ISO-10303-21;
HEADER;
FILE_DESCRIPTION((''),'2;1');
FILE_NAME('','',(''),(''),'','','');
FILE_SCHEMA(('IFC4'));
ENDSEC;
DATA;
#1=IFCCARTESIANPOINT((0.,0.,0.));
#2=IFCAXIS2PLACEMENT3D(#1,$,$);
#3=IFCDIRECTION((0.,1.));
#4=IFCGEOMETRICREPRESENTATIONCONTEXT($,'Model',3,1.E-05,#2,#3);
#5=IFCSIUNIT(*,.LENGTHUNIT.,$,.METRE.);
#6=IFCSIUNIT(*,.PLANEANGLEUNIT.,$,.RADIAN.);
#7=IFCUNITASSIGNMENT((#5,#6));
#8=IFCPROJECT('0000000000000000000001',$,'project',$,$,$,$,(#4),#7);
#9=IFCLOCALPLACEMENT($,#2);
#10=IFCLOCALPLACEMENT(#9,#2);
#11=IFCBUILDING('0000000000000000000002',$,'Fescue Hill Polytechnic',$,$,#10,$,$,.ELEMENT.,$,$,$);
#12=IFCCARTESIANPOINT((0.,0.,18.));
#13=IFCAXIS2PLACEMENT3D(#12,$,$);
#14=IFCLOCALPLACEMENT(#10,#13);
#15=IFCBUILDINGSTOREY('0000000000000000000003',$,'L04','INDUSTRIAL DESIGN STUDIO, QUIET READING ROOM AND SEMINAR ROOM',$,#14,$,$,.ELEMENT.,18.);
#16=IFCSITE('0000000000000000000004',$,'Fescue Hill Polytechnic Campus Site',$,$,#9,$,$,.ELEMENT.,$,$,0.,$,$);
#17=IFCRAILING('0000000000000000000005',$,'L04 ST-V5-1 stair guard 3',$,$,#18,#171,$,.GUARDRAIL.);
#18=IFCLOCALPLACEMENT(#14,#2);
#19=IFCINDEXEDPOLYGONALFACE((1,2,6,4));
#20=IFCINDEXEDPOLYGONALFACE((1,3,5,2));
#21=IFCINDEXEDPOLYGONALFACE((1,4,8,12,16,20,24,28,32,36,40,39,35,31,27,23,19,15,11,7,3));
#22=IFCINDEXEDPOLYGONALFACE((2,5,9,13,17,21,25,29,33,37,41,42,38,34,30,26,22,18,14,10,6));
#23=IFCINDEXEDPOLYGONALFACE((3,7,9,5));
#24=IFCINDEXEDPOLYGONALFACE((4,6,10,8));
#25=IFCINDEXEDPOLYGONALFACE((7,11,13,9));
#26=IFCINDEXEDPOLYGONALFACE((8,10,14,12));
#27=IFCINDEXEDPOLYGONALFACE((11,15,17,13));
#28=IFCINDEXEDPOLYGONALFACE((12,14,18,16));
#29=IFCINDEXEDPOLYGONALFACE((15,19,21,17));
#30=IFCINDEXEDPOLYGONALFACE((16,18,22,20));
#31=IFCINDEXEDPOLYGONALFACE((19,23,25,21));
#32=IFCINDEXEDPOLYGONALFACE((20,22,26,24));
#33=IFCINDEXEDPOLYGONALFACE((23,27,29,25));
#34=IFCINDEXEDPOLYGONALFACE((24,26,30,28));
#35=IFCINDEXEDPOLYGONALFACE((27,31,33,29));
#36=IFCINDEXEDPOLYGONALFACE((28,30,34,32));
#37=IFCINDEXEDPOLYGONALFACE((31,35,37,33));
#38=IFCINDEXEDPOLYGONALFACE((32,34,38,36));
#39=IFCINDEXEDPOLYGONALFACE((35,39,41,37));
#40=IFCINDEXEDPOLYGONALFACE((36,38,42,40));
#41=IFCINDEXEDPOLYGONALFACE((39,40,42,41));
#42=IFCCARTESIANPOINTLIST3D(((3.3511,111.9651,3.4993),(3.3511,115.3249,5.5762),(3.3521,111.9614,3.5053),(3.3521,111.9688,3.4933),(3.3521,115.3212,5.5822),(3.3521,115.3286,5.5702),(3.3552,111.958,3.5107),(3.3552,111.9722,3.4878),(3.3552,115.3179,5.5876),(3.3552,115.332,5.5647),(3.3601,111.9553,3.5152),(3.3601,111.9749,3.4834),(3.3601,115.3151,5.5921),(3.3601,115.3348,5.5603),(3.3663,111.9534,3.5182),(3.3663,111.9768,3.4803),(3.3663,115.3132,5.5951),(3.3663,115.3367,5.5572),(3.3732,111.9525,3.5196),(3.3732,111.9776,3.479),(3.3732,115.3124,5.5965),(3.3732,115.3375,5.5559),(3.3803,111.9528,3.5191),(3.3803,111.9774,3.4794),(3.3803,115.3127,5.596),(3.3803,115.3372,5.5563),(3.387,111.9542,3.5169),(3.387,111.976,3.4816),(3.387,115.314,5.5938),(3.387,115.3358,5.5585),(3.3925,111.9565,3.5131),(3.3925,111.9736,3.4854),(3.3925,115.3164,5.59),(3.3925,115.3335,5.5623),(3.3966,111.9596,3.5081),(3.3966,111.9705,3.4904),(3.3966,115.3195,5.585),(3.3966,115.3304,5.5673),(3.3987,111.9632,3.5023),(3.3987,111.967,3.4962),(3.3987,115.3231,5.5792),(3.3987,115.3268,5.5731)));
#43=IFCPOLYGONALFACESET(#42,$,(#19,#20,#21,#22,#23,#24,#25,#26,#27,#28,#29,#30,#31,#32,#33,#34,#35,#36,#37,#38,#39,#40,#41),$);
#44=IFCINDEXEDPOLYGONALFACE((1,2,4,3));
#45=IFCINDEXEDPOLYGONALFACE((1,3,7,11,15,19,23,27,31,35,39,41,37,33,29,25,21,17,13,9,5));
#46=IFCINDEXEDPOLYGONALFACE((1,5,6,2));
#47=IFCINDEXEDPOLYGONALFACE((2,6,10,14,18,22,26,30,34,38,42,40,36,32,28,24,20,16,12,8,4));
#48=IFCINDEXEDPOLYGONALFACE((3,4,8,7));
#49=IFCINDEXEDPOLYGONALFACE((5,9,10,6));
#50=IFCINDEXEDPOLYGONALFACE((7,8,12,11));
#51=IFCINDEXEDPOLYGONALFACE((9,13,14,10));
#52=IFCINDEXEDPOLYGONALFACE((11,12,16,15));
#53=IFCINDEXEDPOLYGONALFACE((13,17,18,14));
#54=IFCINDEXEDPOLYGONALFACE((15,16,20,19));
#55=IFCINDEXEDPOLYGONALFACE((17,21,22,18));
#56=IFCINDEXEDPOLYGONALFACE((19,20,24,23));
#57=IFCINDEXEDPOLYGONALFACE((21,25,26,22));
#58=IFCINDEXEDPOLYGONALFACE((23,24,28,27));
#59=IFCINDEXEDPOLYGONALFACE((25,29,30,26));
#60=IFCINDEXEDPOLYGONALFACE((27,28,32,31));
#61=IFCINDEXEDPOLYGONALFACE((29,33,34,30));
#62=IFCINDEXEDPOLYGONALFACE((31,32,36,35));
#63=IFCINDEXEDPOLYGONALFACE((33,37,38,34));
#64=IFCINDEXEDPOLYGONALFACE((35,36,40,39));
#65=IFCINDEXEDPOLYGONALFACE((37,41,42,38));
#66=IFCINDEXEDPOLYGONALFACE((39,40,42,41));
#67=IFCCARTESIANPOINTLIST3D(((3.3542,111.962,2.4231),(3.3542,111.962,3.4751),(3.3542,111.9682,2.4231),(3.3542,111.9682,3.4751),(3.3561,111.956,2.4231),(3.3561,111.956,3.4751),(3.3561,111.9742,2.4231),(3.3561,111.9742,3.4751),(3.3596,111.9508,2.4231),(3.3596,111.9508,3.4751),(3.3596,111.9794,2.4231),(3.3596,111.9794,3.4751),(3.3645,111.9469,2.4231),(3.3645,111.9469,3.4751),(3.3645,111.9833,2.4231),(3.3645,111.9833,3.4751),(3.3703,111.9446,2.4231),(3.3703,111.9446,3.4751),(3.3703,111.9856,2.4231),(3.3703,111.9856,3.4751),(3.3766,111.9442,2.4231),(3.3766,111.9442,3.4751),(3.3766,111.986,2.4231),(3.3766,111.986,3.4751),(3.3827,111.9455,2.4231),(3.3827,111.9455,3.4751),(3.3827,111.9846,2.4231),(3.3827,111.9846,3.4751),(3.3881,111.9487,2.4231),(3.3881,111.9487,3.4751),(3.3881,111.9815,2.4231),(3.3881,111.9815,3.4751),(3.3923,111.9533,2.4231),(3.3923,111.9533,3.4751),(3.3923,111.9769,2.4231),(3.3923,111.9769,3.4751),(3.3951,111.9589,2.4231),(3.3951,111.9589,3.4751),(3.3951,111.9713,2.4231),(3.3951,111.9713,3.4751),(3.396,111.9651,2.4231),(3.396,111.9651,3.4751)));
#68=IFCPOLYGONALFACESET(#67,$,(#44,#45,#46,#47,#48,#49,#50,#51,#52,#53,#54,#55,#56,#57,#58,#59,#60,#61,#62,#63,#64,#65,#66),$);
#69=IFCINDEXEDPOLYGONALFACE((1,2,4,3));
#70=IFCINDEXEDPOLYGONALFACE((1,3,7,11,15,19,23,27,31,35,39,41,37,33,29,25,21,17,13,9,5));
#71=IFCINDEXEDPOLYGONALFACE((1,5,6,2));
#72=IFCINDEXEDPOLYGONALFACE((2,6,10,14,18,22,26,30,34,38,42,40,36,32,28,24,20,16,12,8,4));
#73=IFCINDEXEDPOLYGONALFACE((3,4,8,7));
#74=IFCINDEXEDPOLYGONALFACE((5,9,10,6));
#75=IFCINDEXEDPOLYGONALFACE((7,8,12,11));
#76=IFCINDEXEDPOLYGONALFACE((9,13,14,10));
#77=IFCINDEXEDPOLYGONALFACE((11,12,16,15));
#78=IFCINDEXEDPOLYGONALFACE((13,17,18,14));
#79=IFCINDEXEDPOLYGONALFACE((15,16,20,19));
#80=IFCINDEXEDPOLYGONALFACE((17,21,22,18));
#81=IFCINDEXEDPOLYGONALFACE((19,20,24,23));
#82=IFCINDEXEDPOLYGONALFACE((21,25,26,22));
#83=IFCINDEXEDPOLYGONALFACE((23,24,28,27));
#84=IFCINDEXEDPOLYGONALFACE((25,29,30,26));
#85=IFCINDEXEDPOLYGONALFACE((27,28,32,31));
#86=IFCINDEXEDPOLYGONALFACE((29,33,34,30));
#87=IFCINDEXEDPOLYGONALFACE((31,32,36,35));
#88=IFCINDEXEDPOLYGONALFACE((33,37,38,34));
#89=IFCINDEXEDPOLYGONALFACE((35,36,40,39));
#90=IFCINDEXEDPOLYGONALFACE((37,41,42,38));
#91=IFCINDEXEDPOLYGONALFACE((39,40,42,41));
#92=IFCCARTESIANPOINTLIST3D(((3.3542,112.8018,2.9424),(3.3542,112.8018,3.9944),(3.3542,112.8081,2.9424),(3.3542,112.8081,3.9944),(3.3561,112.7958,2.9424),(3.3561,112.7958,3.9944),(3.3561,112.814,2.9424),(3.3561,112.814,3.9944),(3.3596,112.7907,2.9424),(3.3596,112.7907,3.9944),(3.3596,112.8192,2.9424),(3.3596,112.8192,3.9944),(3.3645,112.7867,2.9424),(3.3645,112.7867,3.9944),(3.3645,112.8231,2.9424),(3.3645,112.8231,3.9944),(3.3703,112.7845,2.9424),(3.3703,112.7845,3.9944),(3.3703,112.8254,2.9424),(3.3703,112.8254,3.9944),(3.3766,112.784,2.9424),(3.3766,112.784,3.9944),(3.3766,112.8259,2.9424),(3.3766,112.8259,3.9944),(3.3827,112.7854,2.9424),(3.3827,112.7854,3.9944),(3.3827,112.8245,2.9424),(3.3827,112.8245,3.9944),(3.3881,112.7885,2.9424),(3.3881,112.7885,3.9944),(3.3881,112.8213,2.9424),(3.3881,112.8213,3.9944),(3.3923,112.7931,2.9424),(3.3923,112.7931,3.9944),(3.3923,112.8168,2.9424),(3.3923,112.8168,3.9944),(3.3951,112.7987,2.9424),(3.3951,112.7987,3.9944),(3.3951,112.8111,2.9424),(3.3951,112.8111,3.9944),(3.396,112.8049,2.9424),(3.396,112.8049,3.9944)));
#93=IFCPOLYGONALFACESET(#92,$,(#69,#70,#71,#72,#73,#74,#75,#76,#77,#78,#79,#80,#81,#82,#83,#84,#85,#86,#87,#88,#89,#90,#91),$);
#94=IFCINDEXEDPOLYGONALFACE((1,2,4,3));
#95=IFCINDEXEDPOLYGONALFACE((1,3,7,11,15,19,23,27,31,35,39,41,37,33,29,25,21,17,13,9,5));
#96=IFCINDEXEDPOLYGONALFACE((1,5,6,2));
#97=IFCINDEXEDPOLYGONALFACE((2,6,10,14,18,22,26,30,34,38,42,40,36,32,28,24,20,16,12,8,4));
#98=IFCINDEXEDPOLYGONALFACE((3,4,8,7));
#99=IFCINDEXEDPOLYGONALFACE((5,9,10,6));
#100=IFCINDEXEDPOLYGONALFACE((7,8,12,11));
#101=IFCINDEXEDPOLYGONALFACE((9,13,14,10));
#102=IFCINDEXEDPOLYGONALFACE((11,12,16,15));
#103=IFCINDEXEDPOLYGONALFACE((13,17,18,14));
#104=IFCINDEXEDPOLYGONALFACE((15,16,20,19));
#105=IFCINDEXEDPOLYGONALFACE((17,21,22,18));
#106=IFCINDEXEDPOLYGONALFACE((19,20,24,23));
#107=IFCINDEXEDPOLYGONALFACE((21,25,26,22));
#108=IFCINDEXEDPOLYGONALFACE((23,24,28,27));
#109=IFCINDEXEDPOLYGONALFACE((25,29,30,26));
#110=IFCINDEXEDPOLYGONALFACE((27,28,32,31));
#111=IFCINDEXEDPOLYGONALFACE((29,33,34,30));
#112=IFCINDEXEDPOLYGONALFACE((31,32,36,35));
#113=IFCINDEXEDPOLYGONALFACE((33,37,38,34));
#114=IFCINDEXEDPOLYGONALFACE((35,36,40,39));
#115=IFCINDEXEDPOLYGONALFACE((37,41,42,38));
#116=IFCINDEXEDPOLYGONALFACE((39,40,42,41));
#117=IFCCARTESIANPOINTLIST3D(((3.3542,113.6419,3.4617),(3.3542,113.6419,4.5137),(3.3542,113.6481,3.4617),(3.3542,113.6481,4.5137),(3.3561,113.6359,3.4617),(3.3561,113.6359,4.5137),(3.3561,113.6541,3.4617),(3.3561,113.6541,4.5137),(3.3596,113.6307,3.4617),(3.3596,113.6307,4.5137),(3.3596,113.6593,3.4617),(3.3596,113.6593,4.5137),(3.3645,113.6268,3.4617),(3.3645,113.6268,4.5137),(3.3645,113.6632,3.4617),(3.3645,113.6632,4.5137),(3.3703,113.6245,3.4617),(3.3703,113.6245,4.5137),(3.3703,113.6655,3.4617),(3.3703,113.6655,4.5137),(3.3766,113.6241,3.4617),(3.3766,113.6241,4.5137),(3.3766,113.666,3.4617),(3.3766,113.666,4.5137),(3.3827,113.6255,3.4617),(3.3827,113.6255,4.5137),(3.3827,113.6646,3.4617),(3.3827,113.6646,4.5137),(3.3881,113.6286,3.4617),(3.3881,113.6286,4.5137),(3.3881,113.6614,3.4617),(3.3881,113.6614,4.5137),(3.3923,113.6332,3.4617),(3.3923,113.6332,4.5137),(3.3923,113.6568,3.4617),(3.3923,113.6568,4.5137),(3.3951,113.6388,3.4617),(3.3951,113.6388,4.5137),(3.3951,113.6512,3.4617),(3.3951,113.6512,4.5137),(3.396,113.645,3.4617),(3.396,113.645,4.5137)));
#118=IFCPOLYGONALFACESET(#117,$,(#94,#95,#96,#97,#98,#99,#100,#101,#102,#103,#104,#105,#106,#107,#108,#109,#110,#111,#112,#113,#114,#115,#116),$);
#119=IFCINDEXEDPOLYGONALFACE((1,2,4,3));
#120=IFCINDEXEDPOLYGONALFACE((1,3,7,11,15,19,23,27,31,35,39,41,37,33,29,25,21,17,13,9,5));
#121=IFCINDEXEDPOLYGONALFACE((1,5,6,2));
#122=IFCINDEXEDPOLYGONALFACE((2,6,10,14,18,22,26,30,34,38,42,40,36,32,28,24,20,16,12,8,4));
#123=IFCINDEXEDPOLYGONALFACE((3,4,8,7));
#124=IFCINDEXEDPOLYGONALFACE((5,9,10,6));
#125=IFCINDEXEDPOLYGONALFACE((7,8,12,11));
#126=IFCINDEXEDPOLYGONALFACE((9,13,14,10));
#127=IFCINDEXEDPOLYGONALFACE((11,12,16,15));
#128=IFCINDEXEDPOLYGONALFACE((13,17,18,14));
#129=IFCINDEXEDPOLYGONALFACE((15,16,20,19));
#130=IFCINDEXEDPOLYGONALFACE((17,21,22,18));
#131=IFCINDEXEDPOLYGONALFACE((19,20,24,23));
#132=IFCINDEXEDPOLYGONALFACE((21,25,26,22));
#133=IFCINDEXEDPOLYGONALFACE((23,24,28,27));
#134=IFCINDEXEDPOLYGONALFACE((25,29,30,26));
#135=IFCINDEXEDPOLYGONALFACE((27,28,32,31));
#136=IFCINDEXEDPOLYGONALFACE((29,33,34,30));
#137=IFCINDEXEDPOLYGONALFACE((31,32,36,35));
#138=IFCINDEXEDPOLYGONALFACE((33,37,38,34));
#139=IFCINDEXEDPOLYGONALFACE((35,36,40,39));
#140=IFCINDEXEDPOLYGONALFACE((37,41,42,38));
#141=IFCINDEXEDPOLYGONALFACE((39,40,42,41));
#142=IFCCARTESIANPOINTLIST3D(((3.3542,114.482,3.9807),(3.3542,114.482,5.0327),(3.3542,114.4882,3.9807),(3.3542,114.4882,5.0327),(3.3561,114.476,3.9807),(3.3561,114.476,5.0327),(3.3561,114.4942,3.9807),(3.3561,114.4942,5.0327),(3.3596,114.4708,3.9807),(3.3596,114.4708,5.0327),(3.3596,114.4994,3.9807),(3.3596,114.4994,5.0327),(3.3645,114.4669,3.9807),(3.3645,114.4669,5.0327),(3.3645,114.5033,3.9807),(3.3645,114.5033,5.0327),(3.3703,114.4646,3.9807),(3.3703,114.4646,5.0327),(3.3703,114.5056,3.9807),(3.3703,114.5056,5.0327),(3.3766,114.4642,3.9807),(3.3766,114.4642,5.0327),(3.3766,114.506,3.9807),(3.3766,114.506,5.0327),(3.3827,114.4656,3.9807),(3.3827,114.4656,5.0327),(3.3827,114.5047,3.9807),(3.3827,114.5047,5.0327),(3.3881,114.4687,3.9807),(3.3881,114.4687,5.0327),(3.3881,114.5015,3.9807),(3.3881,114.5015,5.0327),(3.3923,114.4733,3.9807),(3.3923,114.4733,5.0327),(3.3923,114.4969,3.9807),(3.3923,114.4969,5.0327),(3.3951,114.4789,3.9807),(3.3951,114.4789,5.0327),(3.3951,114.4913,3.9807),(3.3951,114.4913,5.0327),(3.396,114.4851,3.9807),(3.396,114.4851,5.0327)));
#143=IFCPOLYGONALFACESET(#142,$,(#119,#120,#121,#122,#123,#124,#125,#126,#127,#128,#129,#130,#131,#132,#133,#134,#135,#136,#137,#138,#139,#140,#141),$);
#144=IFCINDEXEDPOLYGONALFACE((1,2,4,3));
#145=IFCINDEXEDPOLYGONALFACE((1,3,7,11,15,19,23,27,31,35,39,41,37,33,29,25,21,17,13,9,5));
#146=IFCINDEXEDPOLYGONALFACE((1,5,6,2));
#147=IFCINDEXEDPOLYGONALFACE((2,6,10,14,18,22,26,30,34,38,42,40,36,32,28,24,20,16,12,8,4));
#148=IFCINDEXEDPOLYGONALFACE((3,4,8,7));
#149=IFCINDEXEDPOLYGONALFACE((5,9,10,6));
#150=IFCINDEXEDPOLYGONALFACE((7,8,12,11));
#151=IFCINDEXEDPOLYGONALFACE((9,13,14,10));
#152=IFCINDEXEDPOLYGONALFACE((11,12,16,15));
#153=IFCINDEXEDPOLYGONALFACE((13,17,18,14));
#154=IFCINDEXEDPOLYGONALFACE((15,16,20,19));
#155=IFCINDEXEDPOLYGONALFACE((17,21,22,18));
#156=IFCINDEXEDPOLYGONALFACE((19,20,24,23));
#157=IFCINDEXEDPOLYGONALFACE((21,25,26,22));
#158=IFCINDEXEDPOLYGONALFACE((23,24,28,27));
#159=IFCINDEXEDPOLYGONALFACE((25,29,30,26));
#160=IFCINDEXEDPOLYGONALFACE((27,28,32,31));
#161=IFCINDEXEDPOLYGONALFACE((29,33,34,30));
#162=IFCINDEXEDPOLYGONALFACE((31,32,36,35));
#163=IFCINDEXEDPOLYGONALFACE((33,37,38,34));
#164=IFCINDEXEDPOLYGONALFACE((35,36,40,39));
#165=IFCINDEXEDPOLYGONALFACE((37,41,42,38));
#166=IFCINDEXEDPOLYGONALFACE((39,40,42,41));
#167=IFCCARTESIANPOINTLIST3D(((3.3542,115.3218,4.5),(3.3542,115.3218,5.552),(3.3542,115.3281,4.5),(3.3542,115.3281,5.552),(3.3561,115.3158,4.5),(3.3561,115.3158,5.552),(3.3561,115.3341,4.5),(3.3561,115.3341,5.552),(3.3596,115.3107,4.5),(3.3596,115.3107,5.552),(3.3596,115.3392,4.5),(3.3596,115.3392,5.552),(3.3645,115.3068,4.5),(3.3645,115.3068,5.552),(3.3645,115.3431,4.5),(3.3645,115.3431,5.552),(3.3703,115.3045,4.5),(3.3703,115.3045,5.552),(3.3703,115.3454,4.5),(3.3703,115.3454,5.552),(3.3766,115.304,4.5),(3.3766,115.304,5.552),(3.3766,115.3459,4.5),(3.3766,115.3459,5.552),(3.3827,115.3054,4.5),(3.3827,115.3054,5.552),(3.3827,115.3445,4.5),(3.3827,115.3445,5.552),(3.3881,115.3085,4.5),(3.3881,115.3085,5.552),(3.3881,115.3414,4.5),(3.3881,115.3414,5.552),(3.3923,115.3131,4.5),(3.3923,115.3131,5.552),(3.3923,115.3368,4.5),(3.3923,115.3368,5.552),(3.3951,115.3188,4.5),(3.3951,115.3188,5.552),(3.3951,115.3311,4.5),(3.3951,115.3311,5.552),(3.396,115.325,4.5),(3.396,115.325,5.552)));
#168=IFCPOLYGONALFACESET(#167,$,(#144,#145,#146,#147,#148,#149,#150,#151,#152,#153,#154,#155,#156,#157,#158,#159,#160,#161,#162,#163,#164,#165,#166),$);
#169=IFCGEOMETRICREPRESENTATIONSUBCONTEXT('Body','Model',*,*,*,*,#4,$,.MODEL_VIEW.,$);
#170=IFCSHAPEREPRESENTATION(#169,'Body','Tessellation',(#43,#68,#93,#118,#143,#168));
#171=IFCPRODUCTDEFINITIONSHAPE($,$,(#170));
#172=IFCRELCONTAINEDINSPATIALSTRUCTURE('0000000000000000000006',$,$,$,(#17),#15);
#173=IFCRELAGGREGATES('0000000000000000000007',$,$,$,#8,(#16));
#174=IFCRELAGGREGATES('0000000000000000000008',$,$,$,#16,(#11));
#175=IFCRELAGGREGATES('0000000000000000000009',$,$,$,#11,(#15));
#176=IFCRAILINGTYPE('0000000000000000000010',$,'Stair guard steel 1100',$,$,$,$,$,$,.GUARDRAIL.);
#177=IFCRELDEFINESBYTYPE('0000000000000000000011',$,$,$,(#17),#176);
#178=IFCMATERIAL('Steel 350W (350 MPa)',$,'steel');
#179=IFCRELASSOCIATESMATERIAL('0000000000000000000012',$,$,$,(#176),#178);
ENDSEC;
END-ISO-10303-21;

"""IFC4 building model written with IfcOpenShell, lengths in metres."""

from ifc_helpers import new_model, si_unit, direction, frame, origin, origin_2d, place, context, subcontext, project, spatial, circle, extrude, material, type_object, element, save


model = new_model("IFC4")

# Units and contexts
model_context = context("Model", 3, precision=1e-05, world=origin(), true_north=direction((0.0, 1.0)))
body_context = subcontext(model_context, "Body", "Model", "MODEL_VIEW")
ifc_project = project(units=[si_unit("LENGTHUNIT", "METRE"), si_unit("PLANEANGLEUNIT", "RADIAN")], contexts=[model_context])

# Site, building, storey
site_placement = place(None, origin())
site = spatial("IfcSite", under=ifc_project, at=site_placement, Name="Fescue Hill Polytechnic Campus Site", CompositionType="ELEMENT", RefElevation=0.0)
building_placement = place(site_placement, origin())
building = spatial("IfcBuilding", under=site, at=building_placement, Name="Fescue Hill Polytechnic", CompositionType="ELEMENT")
storey_placement = place(building_placement, frame((0.0, 0.0, 18.0)))
storey = spatial("IfcBuildingStorey", under=building, at=storey_placement, Name="L04", Description="INDUSTRIAL DESIGN STUDIO, QUIET READING ROOM AND SEMINAR ROOM", CompositionType="ELEMENT", Elevation=18.0)

# Railing
ifc_material_1 = material(Name="Steel 350W (350 MPa)", Category="steel")
railing_type_1 = type_object("IfcRailingType", Name="Stair guard steel 1100", PredefinedType="GUARDRAIL", material=ifc_material_1)
railing_1_placement = place(storey_placement, frame((3.375, 111.9651, 2.4231)))
element("IfcRailing", 1, at=railing_1_placement, inside=storey, type_object=railing_type_1, Name="L04 ST-V5-1 stair guard 3", PredefinedType="GUARDRAIL", context=body_context, shape_type="SweptSolid", body=[
    extrude(circle(Radius=0.0239, at=origin_2d()), frame((0.0, 0.0, 1.0762), z_axis=(0.0, 0.850606, 0.525803), x_axis=(-1.0, 0.0, 0.0)), (0.0, 0.0, 1.0), 3.95),
    extrude(circle(Radius=0.021, at=origin_2d()), origin(), (0.0, 0.0, 1.0), 1.052),
    extrude(circle(Radius=0.021, at=origin_2d()), frame((0.0, 0.8398, 0.5193)), (0.0, 0.0, 1.0), 1.052),
    extrude(circle(Radius=0.021, at=origin_2d()), frame((0.0, 1.6799, 1.0386)), (0.0, 0.0, 1.0), 1.052),
    extrude(circle(Radius=0.021, at=origin_2d()), frame((0.0, 2.52, 1.5576)), (0.0, 0.0, 1.0), 1.052),
    extrude(circle(Radius=0.021, at=origin_2d()), frame((0.0, 3.3599, 2.0769)), (0.0, 0.0, 1.0), 1.052),
])

save(model, "model.ifc")
